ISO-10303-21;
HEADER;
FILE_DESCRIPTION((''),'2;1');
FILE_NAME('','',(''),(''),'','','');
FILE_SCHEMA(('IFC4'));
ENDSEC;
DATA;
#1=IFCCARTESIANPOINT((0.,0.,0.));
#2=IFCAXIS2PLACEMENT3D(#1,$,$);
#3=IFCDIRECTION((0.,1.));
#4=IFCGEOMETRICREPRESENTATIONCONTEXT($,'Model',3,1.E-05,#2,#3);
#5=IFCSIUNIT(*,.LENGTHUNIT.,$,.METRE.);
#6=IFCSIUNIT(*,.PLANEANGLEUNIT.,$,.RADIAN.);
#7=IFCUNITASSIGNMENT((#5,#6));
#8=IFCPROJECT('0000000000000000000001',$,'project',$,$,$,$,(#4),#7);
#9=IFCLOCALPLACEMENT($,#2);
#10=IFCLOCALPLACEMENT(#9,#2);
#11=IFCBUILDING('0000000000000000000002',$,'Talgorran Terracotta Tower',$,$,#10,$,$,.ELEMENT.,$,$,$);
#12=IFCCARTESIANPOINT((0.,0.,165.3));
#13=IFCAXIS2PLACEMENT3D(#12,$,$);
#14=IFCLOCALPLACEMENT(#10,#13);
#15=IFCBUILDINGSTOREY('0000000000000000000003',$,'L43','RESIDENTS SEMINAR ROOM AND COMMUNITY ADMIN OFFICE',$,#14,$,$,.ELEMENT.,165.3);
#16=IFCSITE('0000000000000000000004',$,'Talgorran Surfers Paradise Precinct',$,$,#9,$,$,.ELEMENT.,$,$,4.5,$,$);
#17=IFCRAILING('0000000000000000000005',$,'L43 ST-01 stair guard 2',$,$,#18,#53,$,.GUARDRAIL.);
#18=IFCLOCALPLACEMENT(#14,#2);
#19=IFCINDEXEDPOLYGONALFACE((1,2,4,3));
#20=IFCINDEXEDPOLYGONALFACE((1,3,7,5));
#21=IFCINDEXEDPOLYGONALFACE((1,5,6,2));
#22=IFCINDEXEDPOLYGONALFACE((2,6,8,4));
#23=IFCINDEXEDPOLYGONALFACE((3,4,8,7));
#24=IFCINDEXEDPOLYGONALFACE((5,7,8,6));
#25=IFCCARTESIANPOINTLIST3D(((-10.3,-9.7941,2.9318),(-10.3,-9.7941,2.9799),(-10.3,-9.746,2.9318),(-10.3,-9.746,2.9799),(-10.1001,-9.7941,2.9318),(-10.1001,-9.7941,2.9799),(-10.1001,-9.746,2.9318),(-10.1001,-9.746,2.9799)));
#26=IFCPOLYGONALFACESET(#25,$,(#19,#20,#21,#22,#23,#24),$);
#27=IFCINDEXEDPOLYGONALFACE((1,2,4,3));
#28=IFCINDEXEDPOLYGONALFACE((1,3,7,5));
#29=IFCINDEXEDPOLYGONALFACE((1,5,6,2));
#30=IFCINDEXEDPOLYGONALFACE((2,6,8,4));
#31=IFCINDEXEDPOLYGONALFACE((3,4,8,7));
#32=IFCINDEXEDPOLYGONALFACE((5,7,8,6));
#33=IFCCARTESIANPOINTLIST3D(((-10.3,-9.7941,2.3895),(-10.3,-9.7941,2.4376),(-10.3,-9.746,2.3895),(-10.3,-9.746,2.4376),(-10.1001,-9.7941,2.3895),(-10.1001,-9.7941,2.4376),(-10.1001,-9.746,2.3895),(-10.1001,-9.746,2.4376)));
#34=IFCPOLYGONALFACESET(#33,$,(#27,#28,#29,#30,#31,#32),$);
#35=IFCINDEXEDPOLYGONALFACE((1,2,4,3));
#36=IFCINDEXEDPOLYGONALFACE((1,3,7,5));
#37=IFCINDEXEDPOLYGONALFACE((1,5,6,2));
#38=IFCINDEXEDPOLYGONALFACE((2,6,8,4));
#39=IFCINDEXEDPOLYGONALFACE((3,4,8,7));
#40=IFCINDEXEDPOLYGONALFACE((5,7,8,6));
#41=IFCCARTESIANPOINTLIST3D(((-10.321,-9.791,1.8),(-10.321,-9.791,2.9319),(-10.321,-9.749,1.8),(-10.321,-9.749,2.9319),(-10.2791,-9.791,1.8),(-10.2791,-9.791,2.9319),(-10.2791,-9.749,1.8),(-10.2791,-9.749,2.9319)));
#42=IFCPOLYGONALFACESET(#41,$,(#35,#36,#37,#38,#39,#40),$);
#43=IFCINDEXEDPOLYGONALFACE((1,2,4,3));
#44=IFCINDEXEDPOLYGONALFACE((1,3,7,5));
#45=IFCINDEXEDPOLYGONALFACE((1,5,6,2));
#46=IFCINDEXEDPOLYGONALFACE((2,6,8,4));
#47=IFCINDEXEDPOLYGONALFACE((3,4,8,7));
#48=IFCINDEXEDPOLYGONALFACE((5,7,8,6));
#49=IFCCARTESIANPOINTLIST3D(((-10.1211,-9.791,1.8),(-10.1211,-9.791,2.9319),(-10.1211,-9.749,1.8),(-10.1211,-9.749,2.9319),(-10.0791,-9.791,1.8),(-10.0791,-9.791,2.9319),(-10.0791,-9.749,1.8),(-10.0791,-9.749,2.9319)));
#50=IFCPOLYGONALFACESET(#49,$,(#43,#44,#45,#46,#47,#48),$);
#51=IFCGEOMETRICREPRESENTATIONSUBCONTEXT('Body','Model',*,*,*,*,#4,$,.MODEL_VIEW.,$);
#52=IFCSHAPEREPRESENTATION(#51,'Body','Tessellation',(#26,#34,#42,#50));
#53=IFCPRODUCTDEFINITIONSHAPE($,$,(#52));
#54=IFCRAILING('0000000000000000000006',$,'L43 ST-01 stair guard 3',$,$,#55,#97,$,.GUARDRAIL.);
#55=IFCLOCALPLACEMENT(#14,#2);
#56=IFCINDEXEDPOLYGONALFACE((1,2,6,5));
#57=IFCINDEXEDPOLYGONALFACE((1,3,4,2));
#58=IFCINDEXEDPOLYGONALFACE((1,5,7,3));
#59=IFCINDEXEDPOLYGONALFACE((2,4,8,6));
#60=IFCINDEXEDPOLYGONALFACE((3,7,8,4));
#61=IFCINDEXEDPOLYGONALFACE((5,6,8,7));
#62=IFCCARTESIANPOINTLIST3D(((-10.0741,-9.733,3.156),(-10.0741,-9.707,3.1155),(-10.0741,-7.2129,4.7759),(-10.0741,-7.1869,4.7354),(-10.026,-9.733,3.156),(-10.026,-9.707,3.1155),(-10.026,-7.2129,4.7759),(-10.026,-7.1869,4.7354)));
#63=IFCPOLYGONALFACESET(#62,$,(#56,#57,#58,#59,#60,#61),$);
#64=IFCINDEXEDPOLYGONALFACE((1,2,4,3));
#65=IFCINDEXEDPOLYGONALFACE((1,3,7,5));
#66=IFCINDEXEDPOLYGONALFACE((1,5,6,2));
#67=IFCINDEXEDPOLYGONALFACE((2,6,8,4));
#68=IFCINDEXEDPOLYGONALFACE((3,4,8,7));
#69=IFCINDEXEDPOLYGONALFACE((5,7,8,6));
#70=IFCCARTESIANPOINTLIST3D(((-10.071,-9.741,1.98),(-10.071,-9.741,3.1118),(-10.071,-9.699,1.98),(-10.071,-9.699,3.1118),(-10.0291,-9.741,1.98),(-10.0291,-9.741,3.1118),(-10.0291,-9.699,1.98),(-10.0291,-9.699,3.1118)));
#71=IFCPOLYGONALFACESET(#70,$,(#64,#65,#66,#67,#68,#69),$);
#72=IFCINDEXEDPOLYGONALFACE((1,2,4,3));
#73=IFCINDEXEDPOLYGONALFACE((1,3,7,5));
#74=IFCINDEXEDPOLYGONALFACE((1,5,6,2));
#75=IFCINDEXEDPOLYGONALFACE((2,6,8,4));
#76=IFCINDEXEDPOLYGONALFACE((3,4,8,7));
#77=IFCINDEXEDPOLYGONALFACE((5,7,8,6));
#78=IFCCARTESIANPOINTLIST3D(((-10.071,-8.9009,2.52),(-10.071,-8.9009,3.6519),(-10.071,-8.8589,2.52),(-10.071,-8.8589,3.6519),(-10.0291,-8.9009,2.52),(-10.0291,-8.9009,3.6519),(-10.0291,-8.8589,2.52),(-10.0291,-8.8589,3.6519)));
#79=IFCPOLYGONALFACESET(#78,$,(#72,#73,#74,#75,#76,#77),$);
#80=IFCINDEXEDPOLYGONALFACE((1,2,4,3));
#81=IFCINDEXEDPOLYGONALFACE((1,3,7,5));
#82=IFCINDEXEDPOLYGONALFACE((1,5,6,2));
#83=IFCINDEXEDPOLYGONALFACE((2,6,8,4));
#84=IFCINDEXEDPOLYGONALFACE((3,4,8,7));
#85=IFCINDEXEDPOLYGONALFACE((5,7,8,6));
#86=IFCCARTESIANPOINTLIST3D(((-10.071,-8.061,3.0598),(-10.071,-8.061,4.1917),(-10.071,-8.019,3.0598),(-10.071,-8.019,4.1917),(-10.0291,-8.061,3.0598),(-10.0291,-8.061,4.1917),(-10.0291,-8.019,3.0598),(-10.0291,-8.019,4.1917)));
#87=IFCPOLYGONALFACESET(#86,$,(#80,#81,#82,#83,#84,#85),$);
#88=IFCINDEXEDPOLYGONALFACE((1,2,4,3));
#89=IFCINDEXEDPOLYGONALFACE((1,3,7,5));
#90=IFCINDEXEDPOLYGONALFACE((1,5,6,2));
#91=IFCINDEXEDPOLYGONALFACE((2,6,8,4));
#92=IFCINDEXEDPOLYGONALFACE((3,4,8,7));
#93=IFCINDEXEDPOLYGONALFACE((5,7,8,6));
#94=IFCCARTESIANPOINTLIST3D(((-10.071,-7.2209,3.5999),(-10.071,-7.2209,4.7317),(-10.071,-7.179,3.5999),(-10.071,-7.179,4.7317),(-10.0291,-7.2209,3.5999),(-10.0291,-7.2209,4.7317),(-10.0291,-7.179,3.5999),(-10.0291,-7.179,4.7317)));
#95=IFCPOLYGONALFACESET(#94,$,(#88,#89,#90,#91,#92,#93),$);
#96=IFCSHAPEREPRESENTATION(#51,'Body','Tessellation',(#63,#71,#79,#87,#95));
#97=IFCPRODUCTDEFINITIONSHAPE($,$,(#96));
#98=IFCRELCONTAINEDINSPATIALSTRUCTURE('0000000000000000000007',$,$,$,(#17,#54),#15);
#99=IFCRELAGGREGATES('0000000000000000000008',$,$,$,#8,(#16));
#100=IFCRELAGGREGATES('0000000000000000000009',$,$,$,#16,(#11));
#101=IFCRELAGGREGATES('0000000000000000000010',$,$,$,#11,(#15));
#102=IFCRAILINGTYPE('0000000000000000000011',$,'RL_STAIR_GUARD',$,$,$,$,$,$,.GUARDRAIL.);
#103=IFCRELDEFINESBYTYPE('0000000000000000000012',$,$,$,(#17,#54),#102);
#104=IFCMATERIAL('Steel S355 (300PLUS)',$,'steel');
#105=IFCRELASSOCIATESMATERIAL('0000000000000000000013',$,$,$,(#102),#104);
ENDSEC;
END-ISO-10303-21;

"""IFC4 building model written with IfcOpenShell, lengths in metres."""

from ifc_helpers import new_model, si_unit, direction, frame, origin, origin_2d, place, context, subcontext, project, spatial, rectangle, extrude, material, type_object, element, save


model = new_model("IFC4")

# Units and contexts
model_context = context("Model", 3, precision=1e-05, world=origin(), true_north=direction((0.0, 1.0)))
body_context = subcontext(model_context, "Body", "Model", "MODEL_VIEW")
ifc_project = project(units=[si_unit("LENGTHUNIT", "METRE"), si_unit("PLANEANGLEUNIT", "RADIAN")], contexts=[model_context])

# Site, building, storey
site_placement = place(None, origin())
site = spatial("IfcSite", under=ifc_project, at=site_placement, Name="Talgorran Surfers Paradise Precinct", CompositionType="ELEMENT", RefElevation=4.5)
building_placement = place(site_placement, origin())
building = spatial("IfcBuilding", under=site, at=building_placement, Name="Talgorran Terracotta Tower", CompositionType="ELEMENT")
storey_placement = place(building_placement, frame((0.0, 0.0, 165.3)))
storey = spatial("IfcBuildingStorey", under=building, at=storey_placement, Name="L43", Description="RESIDENTS SEMINAR ROOM AND COMMUNITY ADMIN OFFICE", CompositionType="ELEMENT", Elevation=165.3)

# Shared definitions
ifc_material_1 = material(Name="Steel S355 (300PLUS)", Category="steel")

# Railings
railing_type = type_object("IfcRailingType", Name="RL_STAIR_GUARD", PredefinedType="GUARDRAIL", material=ifc_material_1)
railing_1_placement = place(storey_placement, frame((-10.3, -9.77, 1.8)))
element("IfcRailing", 1, at=railing_1_placement, inside=storey, type_object=railing_type, Name="L43 ST-01 stair guard 2", PredefinedType="GUARDRAIL", context=body_context, shape_type="SweptSolid", body=[
    extrude(rectangle(XDim=0.0481, YDim=0.0481, at=origin_2d()), frame((0.0, 0.0, 1.1558), z_axis=(1.0, 0.0, 0.0), x_axis=(0.0, 1.0, 0.0)), (0.0, 0.0, 1.0), 0.2),
    extrude(rectangle(XDim=0.0481, YDim=0.0481, at=origin_2d()), frame((0.0, 0.0, 0.6135), z_axis=(1.0, 0.0, 0.0), x_axis=(0.0, 1.0, 0.0)), (0.0, 0.0, 1.0), 0.2),
    extrude(rectangle(XDim=0.042, YDim=0.042, at=origin_2d()), origin(), (0.0, 0.0, 1.0), 1.1318),
    extrude(rectangle(XDim=0.042, YDim=0.042, at=origin_2d()), frame((0.2, 0.0, 0.0)), (0.0, 0.0, 1.0), 1.1318),
])
railing_2_placement = place(storey_placement, frame((-10.05, -9.72, 1.98)))
element("IfcRailing", 2, at=railing_2_placement, inside=storey, type_object=railing_type, Name="L43 ST-01 stair guard 3", PredefinedType="GUARDRAIL", context=body_context, shape_type="SweptSolid", body=[
    extrude(rectangle(XDim=0.0481, YDim=0.0481, at=origin_2d()), frame((0.0, 0.0, 1.1558), z_axis=(0.0, 0.8412, 0.540725), x_axis=(-1.0, 0.0, 0.0)), (0.0, 0.0, 1.0), 2.9958),
    extrude(rectangle(XDim=0.042, YDim=0.042, at=origin_2d()), origin(), (0.0, 0.0, 1.0), 1.1318),
    extrude(rectangle(XDim=0.042, YDim=0.042, at=origin_2d()), frame((0.0, 0.8401, 0.54)), (0.0, 0.0, 1.0), 1.1318),
    extrude(rectangle(XDim=0.042, YDim=0.042, at=origin_2d()), frame((0.0, 1.6799, 1.0798)), (0.0, 0.0, 1.0), 1.1318),
    extrude(rectangle(XDim=0.042, YDim=0.042, at=origin_2d()), frame((0.0, 2.52, 1.6199)), (0.0, 0.0, 1.0), 1.1318),
])

save(model, "model.ifc")
